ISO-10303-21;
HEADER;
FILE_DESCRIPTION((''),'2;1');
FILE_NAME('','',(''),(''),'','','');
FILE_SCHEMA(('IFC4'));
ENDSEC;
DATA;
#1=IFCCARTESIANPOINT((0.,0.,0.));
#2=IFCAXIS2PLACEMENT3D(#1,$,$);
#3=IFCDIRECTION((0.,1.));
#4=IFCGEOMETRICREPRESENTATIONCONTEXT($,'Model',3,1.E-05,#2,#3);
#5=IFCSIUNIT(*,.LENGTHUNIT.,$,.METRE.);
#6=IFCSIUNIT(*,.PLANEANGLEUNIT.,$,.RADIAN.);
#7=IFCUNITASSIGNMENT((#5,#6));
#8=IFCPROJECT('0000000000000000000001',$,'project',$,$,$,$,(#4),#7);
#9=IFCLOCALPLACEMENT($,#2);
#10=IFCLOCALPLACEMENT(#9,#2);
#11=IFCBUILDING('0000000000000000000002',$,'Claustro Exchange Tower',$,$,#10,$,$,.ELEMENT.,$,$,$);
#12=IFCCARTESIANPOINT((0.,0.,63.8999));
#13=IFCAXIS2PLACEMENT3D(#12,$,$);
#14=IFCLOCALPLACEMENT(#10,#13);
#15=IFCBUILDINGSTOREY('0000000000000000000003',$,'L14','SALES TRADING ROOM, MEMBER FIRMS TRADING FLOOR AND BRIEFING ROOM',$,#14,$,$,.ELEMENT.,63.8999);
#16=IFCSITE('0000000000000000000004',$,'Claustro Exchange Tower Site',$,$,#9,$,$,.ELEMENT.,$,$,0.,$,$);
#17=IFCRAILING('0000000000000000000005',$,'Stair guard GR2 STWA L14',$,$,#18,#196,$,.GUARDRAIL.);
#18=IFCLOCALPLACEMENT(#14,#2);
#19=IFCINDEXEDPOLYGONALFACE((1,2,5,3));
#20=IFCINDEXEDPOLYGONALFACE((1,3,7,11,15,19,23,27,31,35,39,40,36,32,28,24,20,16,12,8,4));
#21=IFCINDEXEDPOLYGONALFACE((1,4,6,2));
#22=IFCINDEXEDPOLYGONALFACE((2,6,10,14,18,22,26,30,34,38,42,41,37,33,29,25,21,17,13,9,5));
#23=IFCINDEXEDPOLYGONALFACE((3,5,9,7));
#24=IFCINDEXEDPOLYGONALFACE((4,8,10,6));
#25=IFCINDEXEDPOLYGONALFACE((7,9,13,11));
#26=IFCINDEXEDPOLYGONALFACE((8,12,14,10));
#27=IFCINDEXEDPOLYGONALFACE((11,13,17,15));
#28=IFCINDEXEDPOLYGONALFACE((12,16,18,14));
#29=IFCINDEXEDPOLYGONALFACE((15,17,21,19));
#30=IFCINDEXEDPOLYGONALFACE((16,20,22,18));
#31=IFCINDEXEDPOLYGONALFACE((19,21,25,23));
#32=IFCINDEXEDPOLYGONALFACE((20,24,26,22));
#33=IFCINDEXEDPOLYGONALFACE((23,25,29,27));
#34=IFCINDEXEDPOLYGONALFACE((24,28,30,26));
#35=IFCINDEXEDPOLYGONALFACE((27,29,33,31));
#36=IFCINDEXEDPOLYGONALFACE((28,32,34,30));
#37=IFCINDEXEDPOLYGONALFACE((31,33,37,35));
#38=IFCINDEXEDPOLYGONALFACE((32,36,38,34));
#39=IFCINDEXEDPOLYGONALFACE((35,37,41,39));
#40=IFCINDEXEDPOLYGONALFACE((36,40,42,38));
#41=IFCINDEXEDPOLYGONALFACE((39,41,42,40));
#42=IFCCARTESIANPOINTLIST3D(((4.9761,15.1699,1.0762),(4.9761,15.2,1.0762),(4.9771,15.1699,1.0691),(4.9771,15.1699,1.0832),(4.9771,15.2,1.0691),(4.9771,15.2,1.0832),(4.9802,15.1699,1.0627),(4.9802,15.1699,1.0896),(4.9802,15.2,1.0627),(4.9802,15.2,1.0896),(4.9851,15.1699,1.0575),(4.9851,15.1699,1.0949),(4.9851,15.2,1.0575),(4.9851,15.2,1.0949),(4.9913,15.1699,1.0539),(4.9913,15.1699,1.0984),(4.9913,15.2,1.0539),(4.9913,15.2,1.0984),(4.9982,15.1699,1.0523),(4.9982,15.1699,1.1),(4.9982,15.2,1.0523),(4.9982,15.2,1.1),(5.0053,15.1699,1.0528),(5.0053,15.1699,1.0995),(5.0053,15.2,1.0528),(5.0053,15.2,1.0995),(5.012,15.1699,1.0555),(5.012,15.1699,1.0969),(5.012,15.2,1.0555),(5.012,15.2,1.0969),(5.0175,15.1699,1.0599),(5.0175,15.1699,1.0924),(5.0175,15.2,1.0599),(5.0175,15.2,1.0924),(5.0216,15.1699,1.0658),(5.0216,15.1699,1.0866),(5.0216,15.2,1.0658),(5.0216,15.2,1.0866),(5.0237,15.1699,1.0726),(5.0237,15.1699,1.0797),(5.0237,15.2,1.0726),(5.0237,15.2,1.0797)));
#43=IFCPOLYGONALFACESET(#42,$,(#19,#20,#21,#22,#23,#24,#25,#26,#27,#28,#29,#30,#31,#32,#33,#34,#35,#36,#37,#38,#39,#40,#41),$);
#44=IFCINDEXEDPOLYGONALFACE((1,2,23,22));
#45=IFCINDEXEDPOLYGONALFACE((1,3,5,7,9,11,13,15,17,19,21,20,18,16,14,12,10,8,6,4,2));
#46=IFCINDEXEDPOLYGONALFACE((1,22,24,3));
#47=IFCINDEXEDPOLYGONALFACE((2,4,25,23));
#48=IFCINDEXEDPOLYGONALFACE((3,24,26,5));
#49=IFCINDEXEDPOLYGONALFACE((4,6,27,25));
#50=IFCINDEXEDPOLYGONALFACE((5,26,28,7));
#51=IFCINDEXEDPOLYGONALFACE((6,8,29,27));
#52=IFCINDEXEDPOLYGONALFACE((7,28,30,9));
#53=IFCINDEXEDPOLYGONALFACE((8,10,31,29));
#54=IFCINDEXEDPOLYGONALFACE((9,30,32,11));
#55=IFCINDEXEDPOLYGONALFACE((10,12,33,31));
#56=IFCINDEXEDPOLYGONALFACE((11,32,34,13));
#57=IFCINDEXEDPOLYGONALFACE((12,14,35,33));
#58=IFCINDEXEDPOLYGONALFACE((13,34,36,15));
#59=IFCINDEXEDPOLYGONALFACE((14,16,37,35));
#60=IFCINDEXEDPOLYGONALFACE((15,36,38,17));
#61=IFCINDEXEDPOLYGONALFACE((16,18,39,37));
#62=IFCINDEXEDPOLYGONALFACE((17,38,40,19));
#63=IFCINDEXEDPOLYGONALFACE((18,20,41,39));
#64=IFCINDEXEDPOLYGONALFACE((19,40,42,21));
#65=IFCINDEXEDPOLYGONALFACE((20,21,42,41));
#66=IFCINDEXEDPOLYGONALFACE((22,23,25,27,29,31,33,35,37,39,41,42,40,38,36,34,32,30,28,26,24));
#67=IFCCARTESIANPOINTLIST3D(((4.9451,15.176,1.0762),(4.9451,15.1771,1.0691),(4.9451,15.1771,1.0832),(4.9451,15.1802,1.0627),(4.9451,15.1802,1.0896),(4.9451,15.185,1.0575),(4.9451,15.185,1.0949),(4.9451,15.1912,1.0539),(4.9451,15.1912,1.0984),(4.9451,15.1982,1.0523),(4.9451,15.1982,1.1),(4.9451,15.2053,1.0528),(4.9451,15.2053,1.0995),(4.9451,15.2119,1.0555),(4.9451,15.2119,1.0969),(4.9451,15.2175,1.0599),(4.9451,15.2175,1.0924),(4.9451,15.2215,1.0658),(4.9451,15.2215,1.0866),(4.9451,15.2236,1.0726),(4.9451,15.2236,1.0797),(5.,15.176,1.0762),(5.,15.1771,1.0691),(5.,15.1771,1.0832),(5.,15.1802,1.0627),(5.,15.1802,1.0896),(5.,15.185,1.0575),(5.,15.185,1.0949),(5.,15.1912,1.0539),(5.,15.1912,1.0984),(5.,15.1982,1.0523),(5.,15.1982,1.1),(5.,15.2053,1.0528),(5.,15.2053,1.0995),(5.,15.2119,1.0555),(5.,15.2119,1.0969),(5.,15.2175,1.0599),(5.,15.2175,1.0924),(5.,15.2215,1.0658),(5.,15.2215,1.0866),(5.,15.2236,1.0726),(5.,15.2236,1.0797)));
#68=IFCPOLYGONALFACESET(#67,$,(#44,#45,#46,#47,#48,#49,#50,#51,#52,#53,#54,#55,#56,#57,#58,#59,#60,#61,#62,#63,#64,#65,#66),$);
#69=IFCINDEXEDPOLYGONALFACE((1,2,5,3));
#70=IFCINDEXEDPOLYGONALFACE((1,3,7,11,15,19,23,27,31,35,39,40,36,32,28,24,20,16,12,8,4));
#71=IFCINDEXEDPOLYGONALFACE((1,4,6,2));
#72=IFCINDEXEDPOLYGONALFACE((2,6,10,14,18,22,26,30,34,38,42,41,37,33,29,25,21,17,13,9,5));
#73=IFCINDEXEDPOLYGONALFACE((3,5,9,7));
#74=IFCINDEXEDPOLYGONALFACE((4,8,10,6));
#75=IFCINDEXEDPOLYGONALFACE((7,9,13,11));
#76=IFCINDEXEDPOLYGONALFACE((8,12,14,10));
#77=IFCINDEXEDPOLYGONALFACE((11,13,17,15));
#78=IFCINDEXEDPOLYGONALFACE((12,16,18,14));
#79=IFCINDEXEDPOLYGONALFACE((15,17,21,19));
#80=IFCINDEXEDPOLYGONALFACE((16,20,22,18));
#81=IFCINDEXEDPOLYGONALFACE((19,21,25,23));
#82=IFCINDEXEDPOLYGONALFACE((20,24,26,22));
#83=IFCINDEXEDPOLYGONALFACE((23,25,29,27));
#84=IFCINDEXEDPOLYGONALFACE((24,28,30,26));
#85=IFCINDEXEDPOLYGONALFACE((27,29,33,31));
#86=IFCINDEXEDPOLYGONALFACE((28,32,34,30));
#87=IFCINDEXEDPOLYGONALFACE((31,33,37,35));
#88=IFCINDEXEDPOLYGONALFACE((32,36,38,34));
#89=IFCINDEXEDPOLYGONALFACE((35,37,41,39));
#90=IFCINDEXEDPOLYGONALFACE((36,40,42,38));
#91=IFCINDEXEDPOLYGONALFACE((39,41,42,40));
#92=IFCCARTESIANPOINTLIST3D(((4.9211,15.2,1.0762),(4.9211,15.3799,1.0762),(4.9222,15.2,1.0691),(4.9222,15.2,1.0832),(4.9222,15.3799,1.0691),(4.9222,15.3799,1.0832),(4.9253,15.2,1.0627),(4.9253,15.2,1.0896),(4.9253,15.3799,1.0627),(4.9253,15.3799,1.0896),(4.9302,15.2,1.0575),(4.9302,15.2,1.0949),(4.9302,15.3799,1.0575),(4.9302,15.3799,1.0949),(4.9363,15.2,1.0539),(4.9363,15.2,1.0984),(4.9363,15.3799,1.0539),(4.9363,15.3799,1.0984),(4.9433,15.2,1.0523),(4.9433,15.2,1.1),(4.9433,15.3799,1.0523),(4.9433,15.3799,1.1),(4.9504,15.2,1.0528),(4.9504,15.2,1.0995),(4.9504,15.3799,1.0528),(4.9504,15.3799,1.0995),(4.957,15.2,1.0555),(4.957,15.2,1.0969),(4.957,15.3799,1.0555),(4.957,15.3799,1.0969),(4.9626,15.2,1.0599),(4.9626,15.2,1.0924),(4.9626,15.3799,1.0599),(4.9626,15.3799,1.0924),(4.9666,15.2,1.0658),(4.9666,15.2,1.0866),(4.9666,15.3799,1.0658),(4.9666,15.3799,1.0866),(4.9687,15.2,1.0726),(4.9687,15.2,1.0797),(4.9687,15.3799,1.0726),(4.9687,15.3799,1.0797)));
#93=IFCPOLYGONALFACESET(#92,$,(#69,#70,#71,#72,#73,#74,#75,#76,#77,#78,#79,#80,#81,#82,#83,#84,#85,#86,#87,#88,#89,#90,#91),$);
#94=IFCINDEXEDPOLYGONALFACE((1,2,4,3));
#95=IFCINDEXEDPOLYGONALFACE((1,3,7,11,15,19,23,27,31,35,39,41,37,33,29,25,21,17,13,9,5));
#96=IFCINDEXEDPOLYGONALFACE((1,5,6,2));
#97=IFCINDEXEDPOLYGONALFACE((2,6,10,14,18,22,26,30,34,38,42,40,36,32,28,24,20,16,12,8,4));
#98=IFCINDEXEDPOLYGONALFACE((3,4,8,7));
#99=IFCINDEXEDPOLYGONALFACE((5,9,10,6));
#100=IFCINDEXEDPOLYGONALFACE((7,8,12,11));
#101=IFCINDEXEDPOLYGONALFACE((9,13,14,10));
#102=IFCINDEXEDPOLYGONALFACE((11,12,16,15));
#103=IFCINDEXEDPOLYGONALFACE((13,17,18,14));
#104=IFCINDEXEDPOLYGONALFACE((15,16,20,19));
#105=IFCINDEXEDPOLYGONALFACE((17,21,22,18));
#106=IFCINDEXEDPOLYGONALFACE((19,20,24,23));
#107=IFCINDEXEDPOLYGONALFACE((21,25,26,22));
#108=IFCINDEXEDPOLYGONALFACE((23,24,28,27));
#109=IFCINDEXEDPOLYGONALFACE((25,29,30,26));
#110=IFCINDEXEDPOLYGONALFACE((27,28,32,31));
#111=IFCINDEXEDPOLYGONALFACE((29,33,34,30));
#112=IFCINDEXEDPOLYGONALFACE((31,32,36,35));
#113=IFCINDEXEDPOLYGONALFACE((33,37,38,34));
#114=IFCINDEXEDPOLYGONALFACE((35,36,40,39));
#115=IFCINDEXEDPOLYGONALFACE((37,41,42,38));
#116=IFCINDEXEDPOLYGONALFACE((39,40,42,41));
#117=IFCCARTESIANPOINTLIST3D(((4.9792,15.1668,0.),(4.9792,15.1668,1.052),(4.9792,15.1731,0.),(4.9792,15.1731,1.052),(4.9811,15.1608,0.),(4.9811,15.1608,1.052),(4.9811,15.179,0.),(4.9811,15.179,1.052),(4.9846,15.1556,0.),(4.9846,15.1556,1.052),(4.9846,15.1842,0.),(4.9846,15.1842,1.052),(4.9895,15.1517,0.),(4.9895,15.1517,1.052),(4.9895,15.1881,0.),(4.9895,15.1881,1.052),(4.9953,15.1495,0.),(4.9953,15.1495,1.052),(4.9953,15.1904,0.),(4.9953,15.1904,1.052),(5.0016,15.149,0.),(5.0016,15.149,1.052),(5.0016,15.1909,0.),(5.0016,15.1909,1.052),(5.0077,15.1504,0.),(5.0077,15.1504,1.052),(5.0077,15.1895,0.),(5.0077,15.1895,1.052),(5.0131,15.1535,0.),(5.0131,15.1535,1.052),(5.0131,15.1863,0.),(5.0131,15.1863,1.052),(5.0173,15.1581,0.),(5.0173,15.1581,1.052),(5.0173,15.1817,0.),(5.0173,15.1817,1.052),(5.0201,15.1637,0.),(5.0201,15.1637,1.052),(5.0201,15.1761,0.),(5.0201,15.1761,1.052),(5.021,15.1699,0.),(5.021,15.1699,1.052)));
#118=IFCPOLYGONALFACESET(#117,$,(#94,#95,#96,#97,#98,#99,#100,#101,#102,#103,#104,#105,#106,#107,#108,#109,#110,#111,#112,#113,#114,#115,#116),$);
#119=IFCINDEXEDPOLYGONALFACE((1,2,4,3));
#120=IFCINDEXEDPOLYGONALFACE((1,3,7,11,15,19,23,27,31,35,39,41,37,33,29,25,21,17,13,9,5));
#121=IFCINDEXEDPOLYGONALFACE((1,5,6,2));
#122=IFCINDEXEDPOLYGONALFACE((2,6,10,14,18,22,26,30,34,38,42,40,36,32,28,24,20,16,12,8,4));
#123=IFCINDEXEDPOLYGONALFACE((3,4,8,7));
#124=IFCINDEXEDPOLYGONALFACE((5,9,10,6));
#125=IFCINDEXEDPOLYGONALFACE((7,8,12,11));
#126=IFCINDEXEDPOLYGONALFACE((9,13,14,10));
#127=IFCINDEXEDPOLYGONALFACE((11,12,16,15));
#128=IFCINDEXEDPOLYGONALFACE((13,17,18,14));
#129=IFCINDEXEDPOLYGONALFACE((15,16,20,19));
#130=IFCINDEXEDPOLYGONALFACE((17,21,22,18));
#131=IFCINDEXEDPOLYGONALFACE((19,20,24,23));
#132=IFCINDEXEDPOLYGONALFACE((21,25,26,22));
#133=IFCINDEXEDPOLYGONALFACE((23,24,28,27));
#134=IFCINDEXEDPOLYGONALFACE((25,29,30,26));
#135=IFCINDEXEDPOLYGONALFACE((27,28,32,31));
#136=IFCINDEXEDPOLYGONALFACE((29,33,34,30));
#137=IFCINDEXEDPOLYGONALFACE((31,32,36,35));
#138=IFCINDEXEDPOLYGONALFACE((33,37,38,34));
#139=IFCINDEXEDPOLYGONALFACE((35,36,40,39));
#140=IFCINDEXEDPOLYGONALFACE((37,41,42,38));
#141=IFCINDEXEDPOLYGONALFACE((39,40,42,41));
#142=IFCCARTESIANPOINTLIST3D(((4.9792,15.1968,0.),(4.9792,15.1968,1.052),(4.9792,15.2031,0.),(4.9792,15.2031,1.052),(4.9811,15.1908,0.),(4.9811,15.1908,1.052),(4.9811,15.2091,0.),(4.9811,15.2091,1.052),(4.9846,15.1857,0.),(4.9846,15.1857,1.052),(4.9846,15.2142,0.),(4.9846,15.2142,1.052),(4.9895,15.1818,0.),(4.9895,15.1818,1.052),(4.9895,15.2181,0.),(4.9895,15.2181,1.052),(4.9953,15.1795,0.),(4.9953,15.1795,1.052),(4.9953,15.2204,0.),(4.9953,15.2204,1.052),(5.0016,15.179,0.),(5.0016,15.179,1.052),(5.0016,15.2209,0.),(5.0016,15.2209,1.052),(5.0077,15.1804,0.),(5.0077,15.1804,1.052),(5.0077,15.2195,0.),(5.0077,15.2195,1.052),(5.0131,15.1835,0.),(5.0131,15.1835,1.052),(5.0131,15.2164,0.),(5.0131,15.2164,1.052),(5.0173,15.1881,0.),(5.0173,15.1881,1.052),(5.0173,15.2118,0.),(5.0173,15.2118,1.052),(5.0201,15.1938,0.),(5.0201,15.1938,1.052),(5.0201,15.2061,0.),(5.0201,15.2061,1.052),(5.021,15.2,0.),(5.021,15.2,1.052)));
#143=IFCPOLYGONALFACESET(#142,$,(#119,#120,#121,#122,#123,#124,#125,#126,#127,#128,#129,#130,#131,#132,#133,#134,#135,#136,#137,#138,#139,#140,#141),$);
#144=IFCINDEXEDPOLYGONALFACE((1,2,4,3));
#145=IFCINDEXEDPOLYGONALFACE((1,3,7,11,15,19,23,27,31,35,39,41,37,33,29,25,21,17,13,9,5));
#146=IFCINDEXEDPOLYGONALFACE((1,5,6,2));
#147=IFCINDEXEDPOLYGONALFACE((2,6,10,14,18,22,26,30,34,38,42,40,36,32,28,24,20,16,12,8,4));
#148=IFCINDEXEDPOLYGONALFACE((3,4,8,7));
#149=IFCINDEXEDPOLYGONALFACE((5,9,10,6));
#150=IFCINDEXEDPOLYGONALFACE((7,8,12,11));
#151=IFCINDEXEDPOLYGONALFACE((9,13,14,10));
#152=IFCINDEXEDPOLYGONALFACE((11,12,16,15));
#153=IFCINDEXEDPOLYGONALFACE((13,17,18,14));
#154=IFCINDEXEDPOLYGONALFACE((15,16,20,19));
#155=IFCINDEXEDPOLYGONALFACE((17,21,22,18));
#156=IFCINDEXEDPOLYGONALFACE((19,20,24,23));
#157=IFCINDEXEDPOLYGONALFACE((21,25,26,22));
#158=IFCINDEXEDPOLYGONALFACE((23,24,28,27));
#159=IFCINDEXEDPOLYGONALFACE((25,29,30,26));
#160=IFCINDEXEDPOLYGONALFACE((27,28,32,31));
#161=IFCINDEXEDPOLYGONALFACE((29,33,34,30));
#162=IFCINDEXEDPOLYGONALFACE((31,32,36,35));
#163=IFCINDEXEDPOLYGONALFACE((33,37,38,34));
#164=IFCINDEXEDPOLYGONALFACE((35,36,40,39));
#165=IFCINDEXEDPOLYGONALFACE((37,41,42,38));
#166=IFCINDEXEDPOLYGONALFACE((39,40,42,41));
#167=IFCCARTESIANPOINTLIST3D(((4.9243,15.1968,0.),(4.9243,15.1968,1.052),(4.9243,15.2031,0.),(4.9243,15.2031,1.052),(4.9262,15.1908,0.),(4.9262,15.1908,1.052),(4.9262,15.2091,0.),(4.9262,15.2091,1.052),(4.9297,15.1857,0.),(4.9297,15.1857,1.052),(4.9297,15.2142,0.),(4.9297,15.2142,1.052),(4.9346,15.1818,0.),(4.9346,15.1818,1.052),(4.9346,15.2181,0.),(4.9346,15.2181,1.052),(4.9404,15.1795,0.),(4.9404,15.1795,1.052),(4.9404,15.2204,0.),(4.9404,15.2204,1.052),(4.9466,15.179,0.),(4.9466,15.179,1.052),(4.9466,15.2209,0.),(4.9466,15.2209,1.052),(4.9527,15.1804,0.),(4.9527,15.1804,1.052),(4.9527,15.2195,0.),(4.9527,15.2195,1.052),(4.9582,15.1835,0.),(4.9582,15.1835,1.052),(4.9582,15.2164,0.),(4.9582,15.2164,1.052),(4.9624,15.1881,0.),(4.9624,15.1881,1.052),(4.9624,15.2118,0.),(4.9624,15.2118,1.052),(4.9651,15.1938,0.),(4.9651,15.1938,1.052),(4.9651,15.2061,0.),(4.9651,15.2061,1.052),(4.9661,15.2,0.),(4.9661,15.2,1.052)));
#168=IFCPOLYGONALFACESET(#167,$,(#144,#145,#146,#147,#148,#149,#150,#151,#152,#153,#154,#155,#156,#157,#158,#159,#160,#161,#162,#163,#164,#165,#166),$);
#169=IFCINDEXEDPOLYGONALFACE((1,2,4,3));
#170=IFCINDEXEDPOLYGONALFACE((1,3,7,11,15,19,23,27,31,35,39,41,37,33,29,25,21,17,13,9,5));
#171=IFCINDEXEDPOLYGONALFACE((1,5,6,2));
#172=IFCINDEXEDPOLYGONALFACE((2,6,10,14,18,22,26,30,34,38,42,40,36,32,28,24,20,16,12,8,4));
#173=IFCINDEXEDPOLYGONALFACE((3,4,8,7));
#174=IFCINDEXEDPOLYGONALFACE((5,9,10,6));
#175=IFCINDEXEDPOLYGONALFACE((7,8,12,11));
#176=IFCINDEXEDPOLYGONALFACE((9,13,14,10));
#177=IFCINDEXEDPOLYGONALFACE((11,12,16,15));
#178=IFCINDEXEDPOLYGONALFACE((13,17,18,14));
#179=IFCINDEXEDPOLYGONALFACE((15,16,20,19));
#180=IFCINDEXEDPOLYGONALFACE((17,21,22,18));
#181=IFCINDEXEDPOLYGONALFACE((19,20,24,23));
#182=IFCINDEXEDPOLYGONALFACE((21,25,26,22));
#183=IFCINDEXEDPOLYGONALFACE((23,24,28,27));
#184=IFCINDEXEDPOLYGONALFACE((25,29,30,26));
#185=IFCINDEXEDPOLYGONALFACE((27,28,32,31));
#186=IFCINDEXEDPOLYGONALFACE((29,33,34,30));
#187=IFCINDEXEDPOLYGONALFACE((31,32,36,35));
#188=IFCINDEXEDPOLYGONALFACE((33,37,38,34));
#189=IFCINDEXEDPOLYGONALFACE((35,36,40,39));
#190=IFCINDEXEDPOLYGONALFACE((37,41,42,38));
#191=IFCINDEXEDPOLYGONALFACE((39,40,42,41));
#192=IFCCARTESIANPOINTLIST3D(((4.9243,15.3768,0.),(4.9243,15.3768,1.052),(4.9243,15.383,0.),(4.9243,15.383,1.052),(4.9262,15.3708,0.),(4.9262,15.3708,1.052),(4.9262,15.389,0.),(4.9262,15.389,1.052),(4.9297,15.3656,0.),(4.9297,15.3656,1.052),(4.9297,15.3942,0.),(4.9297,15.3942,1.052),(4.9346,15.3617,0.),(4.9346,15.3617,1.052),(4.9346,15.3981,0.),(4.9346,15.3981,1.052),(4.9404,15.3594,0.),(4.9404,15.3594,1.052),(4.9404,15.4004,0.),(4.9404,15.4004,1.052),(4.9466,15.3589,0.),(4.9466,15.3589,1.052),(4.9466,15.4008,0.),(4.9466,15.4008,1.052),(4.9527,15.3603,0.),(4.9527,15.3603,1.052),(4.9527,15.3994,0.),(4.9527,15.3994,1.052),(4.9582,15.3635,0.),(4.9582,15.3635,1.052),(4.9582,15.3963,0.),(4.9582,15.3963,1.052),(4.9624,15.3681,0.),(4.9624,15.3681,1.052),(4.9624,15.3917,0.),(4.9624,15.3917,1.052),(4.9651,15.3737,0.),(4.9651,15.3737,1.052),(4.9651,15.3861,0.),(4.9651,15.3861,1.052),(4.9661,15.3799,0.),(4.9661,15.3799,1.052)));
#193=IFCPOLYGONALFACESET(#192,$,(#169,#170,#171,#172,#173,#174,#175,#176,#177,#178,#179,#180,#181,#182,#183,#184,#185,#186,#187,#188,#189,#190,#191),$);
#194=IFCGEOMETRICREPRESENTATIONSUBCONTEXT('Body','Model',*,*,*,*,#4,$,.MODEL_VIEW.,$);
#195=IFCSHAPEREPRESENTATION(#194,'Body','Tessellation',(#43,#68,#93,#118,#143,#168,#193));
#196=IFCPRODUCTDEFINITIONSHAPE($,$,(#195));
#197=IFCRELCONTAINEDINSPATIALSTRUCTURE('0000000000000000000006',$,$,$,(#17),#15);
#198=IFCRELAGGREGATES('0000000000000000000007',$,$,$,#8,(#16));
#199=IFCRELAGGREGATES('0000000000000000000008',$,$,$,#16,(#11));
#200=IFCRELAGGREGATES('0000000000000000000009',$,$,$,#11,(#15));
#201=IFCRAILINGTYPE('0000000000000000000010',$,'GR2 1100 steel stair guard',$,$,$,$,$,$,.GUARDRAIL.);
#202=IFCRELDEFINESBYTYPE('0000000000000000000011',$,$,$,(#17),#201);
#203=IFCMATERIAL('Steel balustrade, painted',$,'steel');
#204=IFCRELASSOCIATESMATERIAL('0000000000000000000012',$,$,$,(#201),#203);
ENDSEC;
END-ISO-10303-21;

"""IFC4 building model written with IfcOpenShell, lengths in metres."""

from ifc_helpers import new_model, si_unit, direction, frame, origin, origin_2d, place, context, subcontext, project, spatial, circle, extrude, material, type_object, element, save


model = new_model("IFC4")

# Units and contexts
model_context = context("Model", 3, precision=1e-05, world=origin(), true_north=direction((0.0, 1.0)))
body_context = subcontext(model_context, "Body", "Model", "MODEL_VIEW")
ifc_project = project(units=[si_unit("LENGTHUNIT", "METRE"), si_unit("PLANEANGLEUNIT", "RADIAN")], contexts=[model_context])

# Site, building, storey
site_placement = place(None, origin())
site = spatial("IfcSite", under=ifc_project, at=site_placement, Name="Claustro Exchange Tower Site", CompositionType="ELEMENT", RefElevation=0.0)
building_placement = place(site_placement, origin())
building = spatial("IfcBuilding", under=site, at=building_placement, Name="Claustro Exchange Tower", CompositionType="ELEMENT")
storey_placement = place(building_placement, frame((0.0, 0.0, 63.8999)))
storey = spatial("IfcBuildingStorey", under=building, at=storey_placement, Name="L14", Description="SALES TRADING ROOM, MEMBER FIRMS TRADING FLOOR AND BRIEFING ROOM", CompositionType="ELEMENT", Elevation=63.8999)

# Railing
ifc_material_1 = material(Name="Steel balustrade, painted", Category="steel")
railing_type_1 = type_object("IfcRailingType", Name="GR2 1100 steel stair guard", PredefinedType="GUARDRAIL", material=ifc_material_1)
railing_1_placement = place(storey_placement, frame((5.0, 15.1699, 0.0)))
element("IfcRailing", 1, at=railing_1_placement, inside=storey, type_object=railing_type_1, Name="Stair guard GR2 STWA L14", PredefinedType="GUARDRAIL", context=body_context, shape_type="SweptSolid", body=[
    extrude(circle(Radius=0.0239, at=origin_2d()), frame((0.0, 0.0, 1.0762), z_axis=(0.0, 1.0, 0.0), x_axis=(-1.0, 0.0, 0.0)), (0.0, 0.0, 1.0), 0.03),
    extrude(circle(Radius=0.0239, at=origin_2d()), frame((0.0, 0.03, 1.0762), z_axis=(-1.0, 0.0, 0.0), x_axis=(0.0, -1.0, 0.0)), (0.0, 0.0, 1.0), 0.0549),
    extrude(circle(Radius=0.0239, at=origin_2d()), frame((-0.0549, 0.03, 1.0762), z_axis=(0.0, 1.0, 0.0), x_axis=(-1.0, 0.0, 0.0)), (0.0, 0.0, 1.0), 0.1799),
    extrude(circle(Radius=0.021, at=origin_2d()), origin(), (0.0, 0.0, 1.0), 1.052),
    extrude(circle(Radius=0.021, at=origin_2d()), frame((0.0, 0.03, 0.0)), (0.0, 0.0, 1.0), 1.052),
    extrude(circle(Radius=0.021, at=origin_2d()), frame((-0.0549, 0.03, 0.0)), (0.0, 0.0, 1.0), 1.052),
    extrude(circle(Radius=0.021, at=origin_2d()), frame((-0.0549, 0.21, 0.0)), (0.0, 0.0, 1.0), 1.052),
])

save(model, "model.ifc")
